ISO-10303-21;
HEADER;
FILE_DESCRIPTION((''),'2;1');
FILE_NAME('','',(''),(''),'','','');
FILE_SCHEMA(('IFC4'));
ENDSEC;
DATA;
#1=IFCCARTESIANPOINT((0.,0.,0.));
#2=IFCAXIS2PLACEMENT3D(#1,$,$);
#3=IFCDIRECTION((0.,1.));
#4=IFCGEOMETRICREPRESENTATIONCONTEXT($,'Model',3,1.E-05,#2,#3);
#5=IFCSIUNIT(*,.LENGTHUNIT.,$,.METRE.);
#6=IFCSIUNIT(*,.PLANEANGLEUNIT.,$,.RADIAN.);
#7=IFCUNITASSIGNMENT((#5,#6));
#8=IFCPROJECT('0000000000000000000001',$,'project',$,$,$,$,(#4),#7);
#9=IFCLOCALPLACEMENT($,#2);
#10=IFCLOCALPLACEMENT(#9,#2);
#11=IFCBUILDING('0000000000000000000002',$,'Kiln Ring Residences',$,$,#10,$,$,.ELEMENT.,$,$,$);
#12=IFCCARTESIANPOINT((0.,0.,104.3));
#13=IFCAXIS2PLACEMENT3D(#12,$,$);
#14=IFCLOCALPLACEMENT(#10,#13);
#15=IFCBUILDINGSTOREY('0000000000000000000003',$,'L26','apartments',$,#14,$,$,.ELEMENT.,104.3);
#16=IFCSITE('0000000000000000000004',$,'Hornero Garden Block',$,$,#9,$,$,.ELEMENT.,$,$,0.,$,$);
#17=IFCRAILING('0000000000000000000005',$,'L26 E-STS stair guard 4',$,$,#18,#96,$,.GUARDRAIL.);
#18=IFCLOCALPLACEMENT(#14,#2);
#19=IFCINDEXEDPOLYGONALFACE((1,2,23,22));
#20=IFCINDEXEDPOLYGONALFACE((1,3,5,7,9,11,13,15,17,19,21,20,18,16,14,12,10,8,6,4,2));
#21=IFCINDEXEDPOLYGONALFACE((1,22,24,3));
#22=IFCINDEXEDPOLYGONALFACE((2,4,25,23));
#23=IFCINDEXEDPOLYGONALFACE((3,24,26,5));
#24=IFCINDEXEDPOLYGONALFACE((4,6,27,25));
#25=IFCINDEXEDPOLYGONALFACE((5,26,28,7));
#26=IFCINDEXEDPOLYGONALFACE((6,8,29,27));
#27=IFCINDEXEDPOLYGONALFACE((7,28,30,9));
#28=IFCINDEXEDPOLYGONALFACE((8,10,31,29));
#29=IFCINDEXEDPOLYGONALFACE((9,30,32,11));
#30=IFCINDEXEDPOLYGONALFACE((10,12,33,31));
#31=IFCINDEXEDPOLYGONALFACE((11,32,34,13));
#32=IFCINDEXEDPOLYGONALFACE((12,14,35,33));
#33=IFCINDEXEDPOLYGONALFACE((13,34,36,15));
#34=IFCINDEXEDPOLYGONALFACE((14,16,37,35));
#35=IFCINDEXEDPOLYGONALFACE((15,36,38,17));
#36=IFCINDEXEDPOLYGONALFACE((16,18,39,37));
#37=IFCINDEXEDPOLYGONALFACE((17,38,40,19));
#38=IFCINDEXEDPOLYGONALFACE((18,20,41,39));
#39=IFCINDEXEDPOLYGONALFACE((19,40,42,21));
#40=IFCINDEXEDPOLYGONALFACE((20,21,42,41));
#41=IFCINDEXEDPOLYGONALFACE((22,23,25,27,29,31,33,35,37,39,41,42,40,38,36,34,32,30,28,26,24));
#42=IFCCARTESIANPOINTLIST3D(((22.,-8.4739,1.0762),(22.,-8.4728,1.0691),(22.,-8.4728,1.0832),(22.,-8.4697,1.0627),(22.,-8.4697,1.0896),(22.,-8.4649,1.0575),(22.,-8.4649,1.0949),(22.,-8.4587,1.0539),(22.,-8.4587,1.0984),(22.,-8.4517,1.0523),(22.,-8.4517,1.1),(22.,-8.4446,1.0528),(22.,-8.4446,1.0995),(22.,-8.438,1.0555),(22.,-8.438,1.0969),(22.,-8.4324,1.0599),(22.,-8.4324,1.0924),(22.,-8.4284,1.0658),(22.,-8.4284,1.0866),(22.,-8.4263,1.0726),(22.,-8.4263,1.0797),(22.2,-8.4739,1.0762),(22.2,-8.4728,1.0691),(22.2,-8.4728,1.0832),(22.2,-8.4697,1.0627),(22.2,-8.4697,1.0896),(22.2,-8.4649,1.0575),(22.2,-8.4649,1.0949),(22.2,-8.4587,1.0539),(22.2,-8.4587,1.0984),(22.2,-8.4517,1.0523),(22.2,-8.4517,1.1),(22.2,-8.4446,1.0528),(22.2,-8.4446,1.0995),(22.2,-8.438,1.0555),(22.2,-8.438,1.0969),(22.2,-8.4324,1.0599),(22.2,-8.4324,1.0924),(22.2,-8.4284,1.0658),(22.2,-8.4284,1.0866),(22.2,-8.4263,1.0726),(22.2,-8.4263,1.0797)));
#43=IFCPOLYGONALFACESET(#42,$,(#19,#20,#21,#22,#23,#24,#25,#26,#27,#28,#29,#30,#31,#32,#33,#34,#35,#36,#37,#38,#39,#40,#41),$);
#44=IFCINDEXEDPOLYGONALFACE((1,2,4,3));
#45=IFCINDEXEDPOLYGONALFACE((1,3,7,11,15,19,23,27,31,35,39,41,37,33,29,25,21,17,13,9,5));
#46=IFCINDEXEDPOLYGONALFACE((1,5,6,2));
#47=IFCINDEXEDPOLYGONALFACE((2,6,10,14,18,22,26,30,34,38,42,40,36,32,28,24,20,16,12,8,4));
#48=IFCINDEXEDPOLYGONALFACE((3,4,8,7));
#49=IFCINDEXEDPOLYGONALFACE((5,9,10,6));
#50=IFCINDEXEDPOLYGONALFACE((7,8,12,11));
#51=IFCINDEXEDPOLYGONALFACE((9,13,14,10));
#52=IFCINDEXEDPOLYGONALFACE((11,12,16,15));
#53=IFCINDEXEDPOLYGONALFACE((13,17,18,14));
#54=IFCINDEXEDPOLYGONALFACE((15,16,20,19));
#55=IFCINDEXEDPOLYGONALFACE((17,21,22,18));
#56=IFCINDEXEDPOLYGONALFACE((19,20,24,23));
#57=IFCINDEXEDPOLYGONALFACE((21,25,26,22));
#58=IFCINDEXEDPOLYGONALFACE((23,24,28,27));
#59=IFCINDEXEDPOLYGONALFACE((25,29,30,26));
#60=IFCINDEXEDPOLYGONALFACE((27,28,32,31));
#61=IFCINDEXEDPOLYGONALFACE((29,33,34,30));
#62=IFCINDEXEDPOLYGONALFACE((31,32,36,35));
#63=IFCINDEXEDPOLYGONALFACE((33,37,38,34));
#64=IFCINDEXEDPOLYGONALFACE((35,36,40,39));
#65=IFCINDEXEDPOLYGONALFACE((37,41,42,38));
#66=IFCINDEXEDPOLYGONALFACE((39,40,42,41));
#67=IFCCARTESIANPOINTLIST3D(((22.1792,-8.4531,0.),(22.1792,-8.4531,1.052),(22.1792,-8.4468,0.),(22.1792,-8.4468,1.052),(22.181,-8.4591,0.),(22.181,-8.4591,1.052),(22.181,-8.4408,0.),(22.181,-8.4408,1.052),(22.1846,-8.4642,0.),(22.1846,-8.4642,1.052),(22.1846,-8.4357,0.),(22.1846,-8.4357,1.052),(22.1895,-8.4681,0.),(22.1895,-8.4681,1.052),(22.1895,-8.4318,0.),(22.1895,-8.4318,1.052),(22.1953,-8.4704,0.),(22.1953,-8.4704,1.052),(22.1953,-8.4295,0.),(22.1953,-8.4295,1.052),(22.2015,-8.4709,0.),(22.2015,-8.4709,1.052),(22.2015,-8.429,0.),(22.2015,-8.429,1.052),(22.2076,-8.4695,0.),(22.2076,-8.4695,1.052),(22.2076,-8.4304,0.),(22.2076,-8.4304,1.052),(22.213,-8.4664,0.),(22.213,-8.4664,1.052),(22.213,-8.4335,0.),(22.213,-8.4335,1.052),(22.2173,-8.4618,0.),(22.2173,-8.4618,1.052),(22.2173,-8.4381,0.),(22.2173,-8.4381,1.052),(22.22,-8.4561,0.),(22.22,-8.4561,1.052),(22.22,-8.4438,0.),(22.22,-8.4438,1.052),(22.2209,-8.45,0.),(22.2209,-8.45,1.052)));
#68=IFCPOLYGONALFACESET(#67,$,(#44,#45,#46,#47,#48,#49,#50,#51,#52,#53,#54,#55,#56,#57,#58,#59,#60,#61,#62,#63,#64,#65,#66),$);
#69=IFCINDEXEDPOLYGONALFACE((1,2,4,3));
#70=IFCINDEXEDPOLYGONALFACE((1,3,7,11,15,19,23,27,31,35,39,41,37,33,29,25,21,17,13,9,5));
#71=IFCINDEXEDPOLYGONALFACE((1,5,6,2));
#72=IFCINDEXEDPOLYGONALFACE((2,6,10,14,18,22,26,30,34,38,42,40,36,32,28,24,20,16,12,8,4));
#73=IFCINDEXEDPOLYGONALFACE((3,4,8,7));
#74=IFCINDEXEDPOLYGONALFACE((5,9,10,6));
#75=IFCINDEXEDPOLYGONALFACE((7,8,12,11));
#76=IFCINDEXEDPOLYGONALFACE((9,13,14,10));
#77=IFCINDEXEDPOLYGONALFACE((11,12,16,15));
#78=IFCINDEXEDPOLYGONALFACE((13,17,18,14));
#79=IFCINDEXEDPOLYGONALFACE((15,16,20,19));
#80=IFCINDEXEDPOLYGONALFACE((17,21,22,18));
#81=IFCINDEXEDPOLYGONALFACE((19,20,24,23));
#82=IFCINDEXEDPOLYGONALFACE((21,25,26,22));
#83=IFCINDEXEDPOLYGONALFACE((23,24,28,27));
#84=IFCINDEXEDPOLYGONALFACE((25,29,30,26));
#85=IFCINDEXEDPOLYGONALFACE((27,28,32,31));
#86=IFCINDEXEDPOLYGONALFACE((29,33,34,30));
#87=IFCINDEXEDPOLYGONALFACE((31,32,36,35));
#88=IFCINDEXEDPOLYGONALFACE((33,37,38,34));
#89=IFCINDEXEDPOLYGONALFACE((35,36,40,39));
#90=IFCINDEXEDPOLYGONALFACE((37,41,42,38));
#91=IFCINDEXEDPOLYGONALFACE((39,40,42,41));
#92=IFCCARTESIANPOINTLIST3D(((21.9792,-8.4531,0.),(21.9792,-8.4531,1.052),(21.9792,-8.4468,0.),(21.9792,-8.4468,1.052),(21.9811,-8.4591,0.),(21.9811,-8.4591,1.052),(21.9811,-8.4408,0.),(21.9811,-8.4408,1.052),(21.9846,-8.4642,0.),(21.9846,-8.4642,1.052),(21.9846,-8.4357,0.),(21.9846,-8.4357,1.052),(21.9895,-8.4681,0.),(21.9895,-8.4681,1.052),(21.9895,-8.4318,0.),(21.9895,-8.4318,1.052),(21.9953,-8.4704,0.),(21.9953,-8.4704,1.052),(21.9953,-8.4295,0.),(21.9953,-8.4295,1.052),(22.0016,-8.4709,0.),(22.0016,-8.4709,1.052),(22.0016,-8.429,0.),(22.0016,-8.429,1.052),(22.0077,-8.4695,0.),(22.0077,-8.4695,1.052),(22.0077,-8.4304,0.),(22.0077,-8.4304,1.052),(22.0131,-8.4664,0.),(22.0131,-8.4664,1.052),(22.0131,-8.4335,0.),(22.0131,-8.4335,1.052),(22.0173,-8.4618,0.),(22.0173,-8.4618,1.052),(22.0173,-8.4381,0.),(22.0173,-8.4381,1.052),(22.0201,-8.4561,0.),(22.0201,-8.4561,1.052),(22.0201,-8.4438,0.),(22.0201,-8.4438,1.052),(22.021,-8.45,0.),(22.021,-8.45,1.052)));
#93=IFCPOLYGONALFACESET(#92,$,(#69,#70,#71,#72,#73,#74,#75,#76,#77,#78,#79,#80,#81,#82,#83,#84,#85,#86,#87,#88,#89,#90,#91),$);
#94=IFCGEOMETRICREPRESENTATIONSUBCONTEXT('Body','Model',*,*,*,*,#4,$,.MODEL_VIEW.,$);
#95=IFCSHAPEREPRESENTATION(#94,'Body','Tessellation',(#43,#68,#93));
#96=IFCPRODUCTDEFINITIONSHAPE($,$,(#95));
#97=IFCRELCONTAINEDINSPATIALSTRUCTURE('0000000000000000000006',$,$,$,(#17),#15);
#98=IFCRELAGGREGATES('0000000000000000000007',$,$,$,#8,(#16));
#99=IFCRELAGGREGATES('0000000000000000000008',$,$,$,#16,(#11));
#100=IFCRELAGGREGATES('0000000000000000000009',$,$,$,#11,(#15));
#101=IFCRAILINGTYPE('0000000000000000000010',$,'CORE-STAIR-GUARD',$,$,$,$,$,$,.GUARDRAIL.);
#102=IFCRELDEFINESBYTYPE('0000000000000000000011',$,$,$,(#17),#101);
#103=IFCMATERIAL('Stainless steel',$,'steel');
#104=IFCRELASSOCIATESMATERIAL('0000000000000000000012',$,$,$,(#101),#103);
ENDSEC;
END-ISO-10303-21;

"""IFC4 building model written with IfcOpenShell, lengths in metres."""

from ifc_helpers import new_model, si_unit, direction, frame, origin, origin_2d, place, context, subcontext, project, spatial, circle, extrude, material, type_object, element, save


model = new_model("IFC4")

# Units and contexts
model_context = context("Model", 3, precision=1e-05, world=origin(), true_north=direction((0.0, 1.0)))
body_context = subcontext(model_context, "Body", "Model", "MODEL_VIEW")
ifc_project = project(units=[si_unit("LENGTHUNIT", "METRE"), si_unit("PLANEANGLEUNIT", "RADIAN")], contexts=[model_context])

# Site, building, storey
site_placement = place(None, origin())
site = spatial("IfcSite", under=ifc_project, at=site_placement, Name="Hornero Garden Block", CompositionType="ELEMENT", RefElevation=0.0)
building_placement = place(site_placement, origin())
building = spatial("IfcBuilding", under=site, at=building_placement, Name="Kiln Ring Residences", CompositionType="ELEMENT")
storey_placement = place(building_placement, frame((0.0, 0.0, 104.3)))
storey = spatial("IfcBuildingStorey", under=building, at=storey_placement, Name="L26", Description="apartments", CompositionType="ELEMENT", Elevation=104.3)

# Railing
ifc_material_1 = material(Name="Stainless steel", Category="steel")
railing_type_1 = type_object("IfcRailingType", Name="CORE-STAIR-GUARD", PredefinedType="GUARDRAIL", material=ifc_material_1)
railing_1_placement = place(storey_placement, frame((22.2, -8.45, 0.0)))
element("IfcRailing", 1, at=railing_1_placement, inside=storey, type_object=railing_type_1, Name="L26 E-STS stair guard 4", PredefinedType="GUARDRAIL", context=body_context, shape_type="SweptSolid", body=[
    extrude(circle(Radius=0.0239, at=origin_2d()), frame((0.0, 0.0, 1.0762), z_axis=(-1.0, 0.0, 0.0), x_axis=(0.0, -1.0, 0.0)), (0.0, 0.0, 1.0), 0.2),
    extrude(circle(Radius=0.021, at=origin_2d()), origin(), (0.0, 0.0, 1.0), 1.052),
    extrude(circle(Radius=0.021, at=origin_2d()), frame((-0.2, 0.0, 0.0)), (0.0, 0.0, 1.0), 1.052),
])

save(model, "model.ifc")
